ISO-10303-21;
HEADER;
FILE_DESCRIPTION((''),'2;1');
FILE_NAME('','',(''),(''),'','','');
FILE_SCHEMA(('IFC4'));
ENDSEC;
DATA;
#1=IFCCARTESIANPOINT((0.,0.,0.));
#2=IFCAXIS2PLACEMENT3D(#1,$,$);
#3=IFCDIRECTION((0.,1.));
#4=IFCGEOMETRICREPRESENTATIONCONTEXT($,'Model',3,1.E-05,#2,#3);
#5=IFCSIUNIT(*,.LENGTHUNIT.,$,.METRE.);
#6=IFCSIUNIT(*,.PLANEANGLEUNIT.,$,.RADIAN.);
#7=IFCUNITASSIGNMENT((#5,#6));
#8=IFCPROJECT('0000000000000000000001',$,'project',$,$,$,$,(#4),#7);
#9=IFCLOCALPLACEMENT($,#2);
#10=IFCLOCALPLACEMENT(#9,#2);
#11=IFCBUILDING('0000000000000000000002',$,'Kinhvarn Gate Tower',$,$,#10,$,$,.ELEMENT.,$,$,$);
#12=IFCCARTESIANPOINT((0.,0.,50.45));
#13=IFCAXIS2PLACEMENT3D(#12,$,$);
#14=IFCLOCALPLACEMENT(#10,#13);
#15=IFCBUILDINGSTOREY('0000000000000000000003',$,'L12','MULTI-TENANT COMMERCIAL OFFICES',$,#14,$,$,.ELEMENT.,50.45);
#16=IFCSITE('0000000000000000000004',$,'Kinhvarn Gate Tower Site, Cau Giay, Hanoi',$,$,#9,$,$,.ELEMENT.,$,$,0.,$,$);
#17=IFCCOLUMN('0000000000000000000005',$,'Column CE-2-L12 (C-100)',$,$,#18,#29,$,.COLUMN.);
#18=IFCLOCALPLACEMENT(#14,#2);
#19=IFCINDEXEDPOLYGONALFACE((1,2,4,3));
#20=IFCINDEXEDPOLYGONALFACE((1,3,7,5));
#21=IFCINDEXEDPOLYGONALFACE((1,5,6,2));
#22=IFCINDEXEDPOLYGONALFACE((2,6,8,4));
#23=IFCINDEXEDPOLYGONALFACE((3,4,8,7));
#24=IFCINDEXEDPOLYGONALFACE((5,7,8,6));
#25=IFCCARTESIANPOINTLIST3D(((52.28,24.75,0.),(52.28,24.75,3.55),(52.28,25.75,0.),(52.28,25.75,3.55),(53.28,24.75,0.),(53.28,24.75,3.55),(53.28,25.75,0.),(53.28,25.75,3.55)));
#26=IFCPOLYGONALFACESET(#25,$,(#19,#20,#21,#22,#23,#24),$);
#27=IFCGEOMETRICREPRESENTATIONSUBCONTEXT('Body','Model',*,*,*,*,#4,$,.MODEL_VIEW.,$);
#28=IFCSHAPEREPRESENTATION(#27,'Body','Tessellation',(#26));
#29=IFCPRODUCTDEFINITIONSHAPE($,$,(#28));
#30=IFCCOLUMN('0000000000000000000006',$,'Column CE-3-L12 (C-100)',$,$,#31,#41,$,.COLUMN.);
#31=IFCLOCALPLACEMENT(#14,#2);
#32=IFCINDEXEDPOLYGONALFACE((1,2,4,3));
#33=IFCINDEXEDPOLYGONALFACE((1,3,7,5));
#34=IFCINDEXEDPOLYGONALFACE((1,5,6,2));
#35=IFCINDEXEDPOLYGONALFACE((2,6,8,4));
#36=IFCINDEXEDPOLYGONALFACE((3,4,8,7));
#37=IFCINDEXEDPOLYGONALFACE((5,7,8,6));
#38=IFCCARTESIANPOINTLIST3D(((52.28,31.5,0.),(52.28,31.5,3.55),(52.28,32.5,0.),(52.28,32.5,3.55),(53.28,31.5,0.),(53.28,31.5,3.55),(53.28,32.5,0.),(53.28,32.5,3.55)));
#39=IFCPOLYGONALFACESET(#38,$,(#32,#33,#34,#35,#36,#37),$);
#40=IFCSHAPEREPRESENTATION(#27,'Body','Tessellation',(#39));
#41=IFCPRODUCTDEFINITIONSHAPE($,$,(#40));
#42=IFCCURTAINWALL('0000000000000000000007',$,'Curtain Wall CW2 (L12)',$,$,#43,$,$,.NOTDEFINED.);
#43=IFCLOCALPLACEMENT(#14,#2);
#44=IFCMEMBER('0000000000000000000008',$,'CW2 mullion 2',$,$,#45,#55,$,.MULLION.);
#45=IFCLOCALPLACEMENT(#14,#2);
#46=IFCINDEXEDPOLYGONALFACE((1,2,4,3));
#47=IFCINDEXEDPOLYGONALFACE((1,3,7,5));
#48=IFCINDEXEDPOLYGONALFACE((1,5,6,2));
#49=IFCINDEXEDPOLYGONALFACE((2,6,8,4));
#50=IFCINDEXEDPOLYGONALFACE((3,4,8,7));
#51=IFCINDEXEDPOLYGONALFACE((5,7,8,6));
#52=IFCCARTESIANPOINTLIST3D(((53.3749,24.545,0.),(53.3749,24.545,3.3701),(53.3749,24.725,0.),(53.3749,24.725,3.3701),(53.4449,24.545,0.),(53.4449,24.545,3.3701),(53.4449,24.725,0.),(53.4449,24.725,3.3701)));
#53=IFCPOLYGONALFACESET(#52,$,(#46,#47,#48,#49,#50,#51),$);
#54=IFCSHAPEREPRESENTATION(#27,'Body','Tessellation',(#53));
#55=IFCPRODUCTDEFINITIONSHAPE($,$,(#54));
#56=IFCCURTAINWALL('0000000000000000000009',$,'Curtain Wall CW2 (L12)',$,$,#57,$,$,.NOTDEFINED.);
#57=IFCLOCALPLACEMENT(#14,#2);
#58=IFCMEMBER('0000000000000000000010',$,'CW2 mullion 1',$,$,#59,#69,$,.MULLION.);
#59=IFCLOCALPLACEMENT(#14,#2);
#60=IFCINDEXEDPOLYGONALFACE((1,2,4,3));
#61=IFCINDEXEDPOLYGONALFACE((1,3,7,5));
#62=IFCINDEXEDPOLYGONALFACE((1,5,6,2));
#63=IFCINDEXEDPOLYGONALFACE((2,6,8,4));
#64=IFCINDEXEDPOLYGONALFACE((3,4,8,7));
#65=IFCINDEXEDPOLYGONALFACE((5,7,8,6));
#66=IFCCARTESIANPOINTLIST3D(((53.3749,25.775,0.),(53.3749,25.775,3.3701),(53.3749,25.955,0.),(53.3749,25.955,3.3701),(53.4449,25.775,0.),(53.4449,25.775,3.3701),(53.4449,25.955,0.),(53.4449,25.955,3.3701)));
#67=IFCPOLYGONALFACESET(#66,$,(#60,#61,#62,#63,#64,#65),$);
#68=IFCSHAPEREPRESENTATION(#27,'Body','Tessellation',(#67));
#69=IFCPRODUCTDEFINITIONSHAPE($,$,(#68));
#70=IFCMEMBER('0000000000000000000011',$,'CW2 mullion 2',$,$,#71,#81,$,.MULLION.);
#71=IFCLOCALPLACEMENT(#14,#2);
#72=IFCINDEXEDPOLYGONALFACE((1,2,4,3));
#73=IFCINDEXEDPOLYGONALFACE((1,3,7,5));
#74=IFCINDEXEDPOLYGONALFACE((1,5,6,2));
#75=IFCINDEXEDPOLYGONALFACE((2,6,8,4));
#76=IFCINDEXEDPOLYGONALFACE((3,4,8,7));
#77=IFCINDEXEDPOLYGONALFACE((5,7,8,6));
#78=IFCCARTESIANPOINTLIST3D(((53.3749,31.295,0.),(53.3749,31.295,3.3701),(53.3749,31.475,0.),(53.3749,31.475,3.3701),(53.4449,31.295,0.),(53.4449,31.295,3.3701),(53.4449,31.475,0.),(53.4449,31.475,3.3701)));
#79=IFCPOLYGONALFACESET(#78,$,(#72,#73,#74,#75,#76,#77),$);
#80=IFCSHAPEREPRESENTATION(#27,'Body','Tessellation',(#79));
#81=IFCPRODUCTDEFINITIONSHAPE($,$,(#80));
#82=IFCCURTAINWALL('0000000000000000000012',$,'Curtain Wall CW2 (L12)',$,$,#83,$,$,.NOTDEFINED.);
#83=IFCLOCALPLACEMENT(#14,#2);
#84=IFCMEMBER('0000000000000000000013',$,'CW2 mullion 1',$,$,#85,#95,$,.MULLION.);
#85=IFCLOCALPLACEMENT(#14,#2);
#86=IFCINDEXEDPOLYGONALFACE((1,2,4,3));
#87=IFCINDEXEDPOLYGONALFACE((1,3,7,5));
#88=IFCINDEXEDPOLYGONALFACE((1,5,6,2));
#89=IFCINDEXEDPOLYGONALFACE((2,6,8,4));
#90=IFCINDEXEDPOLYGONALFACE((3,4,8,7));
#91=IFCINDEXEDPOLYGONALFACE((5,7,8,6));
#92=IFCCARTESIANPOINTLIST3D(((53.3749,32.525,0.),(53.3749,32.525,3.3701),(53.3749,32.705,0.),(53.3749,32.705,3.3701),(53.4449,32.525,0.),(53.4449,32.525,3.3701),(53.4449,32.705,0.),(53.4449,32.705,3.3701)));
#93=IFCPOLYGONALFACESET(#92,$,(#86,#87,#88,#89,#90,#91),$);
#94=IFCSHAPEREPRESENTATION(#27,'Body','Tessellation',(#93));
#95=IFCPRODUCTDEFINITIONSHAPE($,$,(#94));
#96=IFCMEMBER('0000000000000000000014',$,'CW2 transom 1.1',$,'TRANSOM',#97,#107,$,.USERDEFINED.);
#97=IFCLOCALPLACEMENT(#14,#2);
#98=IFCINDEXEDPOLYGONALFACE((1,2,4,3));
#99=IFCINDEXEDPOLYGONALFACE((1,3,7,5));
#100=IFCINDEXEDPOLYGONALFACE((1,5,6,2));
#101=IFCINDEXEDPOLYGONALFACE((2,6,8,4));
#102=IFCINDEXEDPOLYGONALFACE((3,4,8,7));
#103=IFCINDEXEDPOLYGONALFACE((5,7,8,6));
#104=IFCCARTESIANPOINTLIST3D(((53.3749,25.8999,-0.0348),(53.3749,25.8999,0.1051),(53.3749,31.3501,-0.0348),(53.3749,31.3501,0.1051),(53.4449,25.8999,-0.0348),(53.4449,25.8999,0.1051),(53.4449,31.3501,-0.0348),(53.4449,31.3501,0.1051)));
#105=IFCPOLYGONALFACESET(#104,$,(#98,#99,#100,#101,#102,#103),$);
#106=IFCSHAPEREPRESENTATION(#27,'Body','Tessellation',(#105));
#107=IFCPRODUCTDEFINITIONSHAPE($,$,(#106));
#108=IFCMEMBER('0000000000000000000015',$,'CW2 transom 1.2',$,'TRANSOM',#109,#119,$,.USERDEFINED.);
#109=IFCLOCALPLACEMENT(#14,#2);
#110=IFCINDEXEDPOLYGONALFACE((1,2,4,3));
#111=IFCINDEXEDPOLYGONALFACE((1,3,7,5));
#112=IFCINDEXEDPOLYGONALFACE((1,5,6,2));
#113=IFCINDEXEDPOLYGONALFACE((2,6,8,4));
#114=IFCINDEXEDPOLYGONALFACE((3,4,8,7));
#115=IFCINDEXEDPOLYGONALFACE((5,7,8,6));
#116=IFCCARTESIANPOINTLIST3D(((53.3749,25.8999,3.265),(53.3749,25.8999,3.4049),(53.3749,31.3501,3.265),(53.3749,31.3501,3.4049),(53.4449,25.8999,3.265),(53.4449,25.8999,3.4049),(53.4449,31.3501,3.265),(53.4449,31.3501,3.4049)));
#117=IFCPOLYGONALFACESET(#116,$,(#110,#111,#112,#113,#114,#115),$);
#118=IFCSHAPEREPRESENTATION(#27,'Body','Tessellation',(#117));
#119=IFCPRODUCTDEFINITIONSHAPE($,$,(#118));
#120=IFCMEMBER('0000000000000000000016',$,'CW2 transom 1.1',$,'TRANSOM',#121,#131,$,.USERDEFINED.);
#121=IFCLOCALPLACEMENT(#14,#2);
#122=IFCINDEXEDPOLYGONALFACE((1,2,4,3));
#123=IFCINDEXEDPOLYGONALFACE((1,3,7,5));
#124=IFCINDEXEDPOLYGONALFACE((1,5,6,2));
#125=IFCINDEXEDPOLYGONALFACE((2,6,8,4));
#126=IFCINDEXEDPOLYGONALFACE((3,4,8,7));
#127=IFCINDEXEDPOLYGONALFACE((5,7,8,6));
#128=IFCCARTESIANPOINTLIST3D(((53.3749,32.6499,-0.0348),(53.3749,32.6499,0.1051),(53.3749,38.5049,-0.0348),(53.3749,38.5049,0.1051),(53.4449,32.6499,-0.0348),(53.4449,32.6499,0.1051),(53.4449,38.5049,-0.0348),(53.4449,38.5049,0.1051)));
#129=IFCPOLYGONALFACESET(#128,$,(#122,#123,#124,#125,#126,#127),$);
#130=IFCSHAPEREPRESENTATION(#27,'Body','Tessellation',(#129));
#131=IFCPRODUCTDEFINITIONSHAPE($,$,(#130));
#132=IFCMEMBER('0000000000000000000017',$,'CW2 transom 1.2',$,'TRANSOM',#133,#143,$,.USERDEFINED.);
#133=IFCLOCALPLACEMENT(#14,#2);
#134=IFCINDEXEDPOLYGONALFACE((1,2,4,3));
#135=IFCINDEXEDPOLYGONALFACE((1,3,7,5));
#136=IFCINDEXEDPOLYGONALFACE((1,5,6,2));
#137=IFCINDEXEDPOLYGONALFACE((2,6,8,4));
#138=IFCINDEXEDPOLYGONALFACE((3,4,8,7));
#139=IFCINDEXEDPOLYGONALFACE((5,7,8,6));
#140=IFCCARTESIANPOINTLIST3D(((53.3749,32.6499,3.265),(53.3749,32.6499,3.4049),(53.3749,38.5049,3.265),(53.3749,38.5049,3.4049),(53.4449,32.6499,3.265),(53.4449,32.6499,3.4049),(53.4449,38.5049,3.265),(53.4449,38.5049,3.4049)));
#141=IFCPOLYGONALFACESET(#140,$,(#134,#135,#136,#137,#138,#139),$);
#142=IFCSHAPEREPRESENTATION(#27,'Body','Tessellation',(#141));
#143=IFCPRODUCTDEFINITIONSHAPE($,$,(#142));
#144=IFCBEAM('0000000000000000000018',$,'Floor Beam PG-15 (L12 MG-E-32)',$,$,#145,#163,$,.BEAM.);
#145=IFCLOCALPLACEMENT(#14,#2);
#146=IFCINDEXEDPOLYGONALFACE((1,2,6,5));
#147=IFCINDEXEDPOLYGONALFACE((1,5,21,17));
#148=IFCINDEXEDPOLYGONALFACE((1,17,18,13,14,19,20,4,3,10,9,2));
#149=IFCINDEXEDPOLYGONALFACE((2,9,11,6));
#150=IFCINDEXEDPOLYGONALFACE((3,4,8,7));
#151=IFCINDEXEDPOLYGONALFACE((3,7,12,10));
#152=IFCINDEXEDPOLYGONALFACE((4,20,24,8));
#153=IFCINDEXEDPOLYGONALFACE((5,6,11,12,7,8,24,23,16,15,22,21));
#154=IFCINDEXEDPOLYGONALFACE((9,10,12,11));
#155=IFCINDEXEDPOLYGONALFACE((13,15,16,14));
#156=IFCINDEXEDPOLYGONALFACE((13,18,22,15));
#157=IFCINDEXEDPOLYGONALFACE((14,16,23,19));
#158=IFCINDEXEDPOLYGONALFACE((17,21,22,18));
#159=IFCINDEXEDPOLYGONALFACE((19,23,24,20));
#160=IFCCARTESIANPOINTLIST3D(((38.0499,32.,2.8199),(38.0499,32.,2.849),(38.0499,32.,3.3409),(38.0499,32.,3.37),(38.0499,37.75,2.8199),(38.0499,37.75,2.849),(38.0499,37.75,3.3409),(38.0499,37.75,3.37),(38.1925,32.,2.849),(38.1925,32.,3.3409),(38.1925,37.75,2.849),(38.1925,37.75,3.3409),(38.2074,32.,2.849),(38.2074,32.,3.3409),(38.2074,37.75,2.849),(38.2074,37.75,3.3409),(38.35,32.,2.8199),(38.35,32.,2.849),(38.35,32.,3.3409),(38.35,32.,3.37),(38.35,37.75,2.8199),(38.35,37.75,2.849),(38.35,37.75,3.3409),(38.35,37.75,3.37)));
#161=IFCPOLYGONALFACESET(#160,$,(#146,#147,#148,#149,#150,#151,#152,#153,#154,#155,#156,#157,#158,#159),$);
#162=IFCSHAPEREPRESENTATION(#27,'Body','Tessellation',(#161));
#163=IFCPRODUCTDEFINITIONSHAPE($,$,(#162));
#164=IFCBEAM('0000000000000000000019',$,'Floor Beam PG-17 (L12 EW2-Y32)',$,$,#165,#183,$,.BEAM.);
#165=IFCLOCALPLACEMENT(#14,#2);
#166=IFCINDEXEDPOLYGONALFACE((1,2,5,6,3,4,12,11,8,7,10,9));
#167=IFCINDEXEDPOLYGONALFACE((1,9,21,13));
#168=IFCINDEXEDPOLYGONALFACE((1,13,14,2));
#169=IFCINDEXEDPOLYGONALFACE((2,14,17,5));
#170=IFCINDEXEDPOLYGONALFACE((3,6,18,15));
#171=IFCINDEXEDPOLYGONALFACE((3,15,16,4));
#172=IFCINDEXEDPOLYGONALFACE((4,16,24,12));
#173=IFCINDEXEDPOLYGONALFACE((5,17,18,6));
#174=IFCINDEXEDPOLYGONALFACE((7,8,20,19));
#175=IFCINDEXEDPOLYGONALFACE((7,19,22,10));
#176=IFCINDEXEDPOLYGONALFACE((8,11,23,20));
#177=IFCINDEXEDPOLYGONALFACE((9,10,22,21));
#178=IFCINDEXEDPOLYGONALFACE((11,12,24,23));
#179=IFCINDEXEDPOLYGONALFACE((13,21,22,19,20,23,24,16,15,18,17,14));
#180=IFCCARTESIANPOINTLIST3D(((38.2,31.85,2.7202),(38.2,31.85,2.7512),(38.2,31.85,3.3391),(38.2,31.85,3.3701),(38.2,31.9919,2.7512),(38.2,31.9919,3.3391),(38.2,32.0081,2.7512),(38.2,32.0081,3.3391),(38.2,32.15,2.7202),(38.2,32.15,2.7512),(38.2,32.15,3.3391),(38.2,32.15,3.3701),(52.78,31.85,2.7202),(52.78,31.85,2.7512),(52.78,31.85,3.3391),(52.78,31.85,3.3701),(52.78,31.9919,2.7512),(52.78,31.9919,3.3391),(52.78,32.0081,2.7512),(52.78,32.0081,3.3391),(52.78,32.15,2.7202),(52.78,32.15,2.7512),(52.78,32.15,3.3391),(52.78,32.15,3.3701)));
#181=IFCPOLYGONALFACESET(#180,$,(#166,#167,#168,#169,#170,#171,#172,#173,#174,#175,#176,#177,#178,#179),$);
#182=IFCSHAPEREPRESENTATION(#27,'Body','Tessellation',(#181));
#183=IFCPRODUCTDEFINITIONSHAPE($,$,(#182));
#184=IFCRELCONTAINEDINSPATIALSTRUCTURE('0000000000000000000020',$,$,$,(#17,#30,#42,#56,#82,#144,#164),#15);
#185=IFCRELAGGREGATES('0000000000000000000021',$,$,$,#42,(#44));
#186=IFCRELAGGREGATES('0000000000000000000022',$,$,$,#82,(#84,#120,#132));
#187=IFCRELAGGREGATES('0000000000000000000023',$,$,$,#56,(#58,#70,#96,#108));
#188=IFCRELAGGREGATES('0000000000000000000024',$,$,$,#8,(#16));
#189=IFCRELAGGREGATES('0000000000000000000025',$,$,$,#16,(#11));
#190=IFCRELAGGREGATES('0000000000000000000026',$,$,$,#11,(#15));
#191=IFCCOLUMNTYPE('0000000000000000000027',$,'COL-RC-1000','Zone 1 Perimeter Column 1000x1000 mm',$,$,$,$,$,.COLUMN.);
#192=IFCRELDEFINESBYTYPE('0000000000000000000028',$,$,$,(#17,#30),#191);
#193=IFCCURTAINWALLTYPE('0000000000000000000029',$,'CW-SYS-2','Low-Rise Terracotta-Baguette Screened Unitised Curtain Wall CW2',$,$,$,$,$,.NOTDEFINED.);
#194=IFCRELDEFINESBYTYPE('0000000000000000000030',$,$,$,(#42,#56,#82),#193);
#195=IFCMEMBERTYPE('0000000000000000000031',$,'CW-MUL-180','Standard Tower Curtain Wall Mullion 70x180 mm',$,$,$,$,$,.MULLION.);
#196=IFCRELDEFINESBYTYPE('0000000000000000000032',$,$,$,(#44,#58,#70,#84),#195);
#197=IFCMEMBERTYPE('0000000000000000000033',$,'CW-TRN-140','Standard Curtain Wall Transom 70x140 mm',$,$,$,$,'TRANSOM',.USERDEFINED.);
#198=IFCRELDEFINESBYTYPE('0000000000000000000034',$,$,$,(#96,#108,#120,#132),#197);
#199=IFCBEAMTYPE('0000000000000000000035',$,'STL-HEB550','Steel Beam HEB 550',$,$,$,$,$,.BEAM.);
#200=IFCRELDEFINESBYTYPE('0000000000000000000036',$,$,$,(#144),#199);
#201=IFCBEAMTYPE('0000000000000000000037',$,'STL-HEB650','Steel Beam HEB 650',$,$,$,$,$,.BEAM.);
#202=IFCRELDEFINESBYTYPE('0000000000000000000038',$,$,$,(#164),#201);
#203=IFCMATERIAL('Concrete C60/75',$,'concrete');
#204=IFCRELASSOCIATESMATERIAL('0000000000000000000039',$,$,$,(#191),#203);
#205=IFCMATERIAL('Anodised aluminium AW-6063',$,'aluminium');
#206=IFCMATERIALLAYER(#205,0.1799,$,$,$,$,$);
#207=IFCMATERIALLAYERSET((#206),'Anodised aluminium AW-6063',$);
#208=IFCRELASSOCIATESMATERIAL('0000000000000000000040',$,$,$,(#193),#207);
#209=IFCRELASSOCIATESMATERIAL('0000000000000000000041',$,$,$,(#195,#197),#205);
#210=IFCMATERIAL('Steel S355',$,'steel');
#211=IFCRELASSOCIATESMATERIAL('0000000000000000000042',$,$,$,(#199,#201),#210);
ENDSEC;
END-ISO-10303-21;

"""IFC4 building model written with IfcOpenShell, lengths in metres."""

from ifc_helpers import new_model, si_unit, direction, frame, origin, origin_2d, place, context, subcontext, project, spatial, rectangle, i_section, extrude, material, layer, layer_set, material_profile, profile_set, type_object, element, aggregate, save


model = new_model("IFC4")

# Units and contexts
model_context = context("Model", 3, precision=1e-05, world=origin(), true_north=direction((0.0, 1.0)))
body_context = subcontext(model_context, "Body", "Model", "MODEL_VIEW")
ifc_project = project(units=[si_unit("LENGTHUNIT", "METRE"), si_unit("PLANEANGLEUNIT", "RADIAN")], contexts=[model_context])

# Site, building, storey
site_placement = place(None, origin())
site = spatial("IfcSite", under=ifc_project, at=site_placement, Name="Kinhvarn Gate Tower Site, Cau Giay, Hanoi", CompositionType="ELEMENT", RefElevation=0.0)
building_placement = place(site_placement, origin())
building = spatial("IfcBuilding", under=site, at=building_placement, Name="Kinhvarn Gate Tower", CompositionType="ELEMENT")
storey_placement = place(building_placement, frame((0.0, 0.0, 50.45)))
storey = spatial("IfcBuildingStorey", under=building, at=storey_placement, Name="L12", Description="MULTI-TENANT COMMERCIAL OFFICES", CompositionType="ELEMENT", Elevation=50.45)

# Columns
ifc_material_1 = material(Name="Concrete C60/75", Category="concrete")
ifc_material_profile_1 = material_profile(ifc_material_1, rectangle(XDim=1.0, YDim=1.0, at=origin_2d()), Name="RC 1000x1000")
ifc_profile_set_1 = profile_set([ifc_material_profile_1], Name="Concrete C60/75")
column_type = type_object("IfcColumnType", Name="COL-RC-1000", Description="Zone 1 Perimeter Column 1000x1000 mm", PredefinedType="COLUMN", material=ifc_profile_set_1)
for number, where, z_axis, x_axis, name in (
    (1, (52.78, 25.25, 0.0), (0.0, 0.0, 1.0), (1.0, 0.0, 0.0), "Column CE-2-L12 (C-100)"),
    (2, (52.78, 32.0, 0.0), (0.0, 0.0, 1.0), (1.0, 0.0, 0.0), "Column CE-3-L12 (C-100)"),
):
    element("IfcColumn", number, at=place(storey_placement, frame(where, z_axis=z_axis, x_axis=x_axis)), inside=storey, type_object=column_type, Name=name, PredefinedType="COLUMN", context=body_context, shape_type="SweptSolid", body=[
        extrude(rectangle(XDim=1.0, YDim=1.0, at=origin_2d()), origin(), (0.0, 0.0, 1.0), 3.55),
    ])

# Curtain wall, member
ifc_material_2 = material(Name="Anodised aluminium AW-6063", Category="aluminium")
ifc_layer_1 = layer(ifc_material_2, 0.1799)
ifc_layer_set_1 = layer_set([ifc_layer_1], Name="Anodised aluminium AW-6063")
curtain_wall_type = type_object("IfcCurtainWallType", Name="CW-SYS-2", Description="Low-Rise Terracotta-Baguette Screened Unitised Curtain Wall CW2", PredefinedType="NOTDEFINED", material=ifc_layer_set_1)
curtain_wall_1_placement = place(storey_placement, origin())
curtain_wall_1 = element("IfcCurtainWall", 3, at=curtain_wall_1_placement, inside=storey, type_object=curtain_wall_type, Name="Curtain Wall CW2 (L12)", PredefinedType="NOTDEFINED")
ifc_material_profile_2 = material_profile(ifc_material_2, rectangle(XDim=0.0701, YDim=0.1799, at=origin_2d()), Name="ALU 70x180")
ifc_profile_set_2 = profile_set([ifc_material_profile_2], Name="Anodised aluminium AW-6063")
member_type_1 = type_object("IfcMemberType", Name="CW-MUL-180", Description="Standard Tower Curtain Wall Mullion 70x180 mm", PredefinedType="MULLION", material=ifc_profile_set_2)
member_1_placement = place(storey_placement, frame((53.4099, 24.635, 0.0), z_axis=(0.0, 0.0, 1.0), x_axis=(-1.0, 0.0, 0.0)))
member_1 = element("IfcMember", 4, at=member_1_placement, type_object=member_type_1, Name="CW2 mullion 2", PredefinedType="MULLION", context=body_context, shape_type="SweptSolid", body=[
    extrude(rectangle(XDim=0.0701, YDim=0.1799, at=origin_2d()), origin(), (0.0, 0.0, 1.0), 3.3701),
])
aggregate(curtain_wall_1, [member_1])

# Curtain wall, members
curtain_wall_2_placement = place(storey_placement, origin())
curtain_wall_2 = element("IfcCurtainWall", 5, at=curtain_wall_2_placement, inside=storey, type_object=curtain_wall_type, Name="Curtain Wall CW2 (L12)", PredefinedType="NOTDEFINED")
member_2_placement = place(storey_placement, frame((53.4099, 25.865, 0.0), z_axis=(0.0, 0.0, 1.0), x_axis=(-1.0, 0.0, 0.0)))
member_2 = element("IfcMember", 6, at=member_2_placement, type_object=member_type_1, Name="CW2 mullion 1", PredefinedType="MULLION", context=body_context, shape_type="SweptSolid", body=[
    extrude(rectangle(XDim=0.0701, YDim=0.1799, at=origin_2d()), origin(), (0.0, 0.0, 1.0), 3.3701),
])
member_3_placement = place(storey_placement, frame((53.4099, 31.385, 0.0), z_axis=(0.0, 0.0, 1.0), x_axis=(-1.0, 0.0, 0.0)))
member_3 = element("IfcMember", 7, at=member_3_placement, type_object=member_type_1, Name="CW2 mullion 2", PredefinedType="MULLION", context=body_context, shape_type="SweptSolid", body=[
    extrude(rectangle(XDim=0.0701, YDim=0.1799, at=origin_2d()), origin(), (0.0, 0.0, 1.0), 3.3701),
])

# Curtain wall, member
curtain_wall_3_placement = place(storey_placement, origin())
curtain_wall_3 = element("IfcCurtainWall", 8, at=curtain_wall_3_placement, inside=storey, type_object=curtain_wall_type, Name="Curtain Wall CW2 (L12)", PredefinedType="NOTDEFINED")
member_4_placement = place(storey_placement, frame((53.4099, 32.615, 0.0), z_axis=(0.0, 0.0, 1.0), x_axis=(-1.0, 0.0, 0.0)))
member_4 = element("IfcMember", 9, at=member_4_placement, type_object=member_type_1, Name="CW2 mullion 1", PredefinedType="MULLION", context=body_context, shape_type="SweptSolid", body=[
    extrude(rectangle(XDim=0.0701, YDim=0.1799, at=origin_2d()), origin(), (0.0, 0.0, 1.0), 3.3701),
])

# Members
ifc_material_profile_3 = material_profile(ifc_material_2, rectangle(XDim=0.0701, YDim=0.1399, at=origin_2d()), Name="ALU 70x140")
ifc_profile_set_3 = profile_set([ifc_material_profile_3], Name="Anodised aluminium AW-6063")
member_type_2 = type_object("IfcMemberType", Name="CW-TRN-140", Description="Standard Curtain Wall Transom 70x140 mm", ElementType="TRANSOM", PredefinedType="USERDEFINED", material=ifc_profile_set_3)
member_5_placement = place(storey_placement, frame((53.4099, 25.8999, 0.0352), z_axis=(0.0, 1.0, 0.0), x_axis=(-1.0, 0.0, 0.0)))
member_5 = element("IfcMember", 10, at=member_5_placement, type_object=member_type_2, Name="CW2 transom 1.1", ObjectType="TRANSOM", PredefinedType="USERDEFINED", context=body_context, shape_type="SweptSolid", body=[
    extrude(rectangle(XDim=0.0701, YDim=0.1399, at=origin_2d()), origin(), (0.0, 0.0, 1.0), 5.4502),
])
member_6_placement = place(storey_placement, frame((53.4099, 25.8999, 3.335), z_axis=(0.0, 1.0, 0.0), x_axis=(-1.0, 0.0, 0.0)))
member_6 = element("IfcMember", 11, at=member_6_placement, type_object=member_type_2, Name="CW2 transom 1.2", ObjectType="TRANSOM", PredefinedType="USERDEFINED", context=body_context, shape_type="SweptSolid", body=[
    extrude(rectangle(XDim=0.0701, YDim=0.1399, at=origin_2d()), origin(), (0.0, 0.0, 1.0), 5.4502),
])
member_7_placement = place(storey_placement, frame((53.4099, 32.6499, 0.0352), z_axis=(0.0, 1.0, 0.0), x_axis=(-1.0, 0.0, 0.0)))
member_7 = element("IfcMember", 12, at=member_7_placement, type_object=member_type_2, Name="CW2 transom 1.1", ObjectType="TRANSOM", PredefinedType="USERDEFINED", context=body_context, shape_type="SweptSolid", body=[
    extrude(rectangle(XDim=0.0701, YDim=0.1399, at=origin_2d()), origin(), (0.0, 0.0, 1.0), 5.855),
])
member_8_placement = place(storey_placement, frame((53.4099, 32.6499, 3.335), z_axis=(0.0, 1.0, 0.0), x_axis=(-1.0, 0.0, 0.0)))
member_8 = element("IfcMember", 13, at=member_8_placement, type_object=member_type_2, Name="CW2 transom 1.2", ObjectType="TRANSOM", PredefinedType="USERDEFINED", context=body_context, shape_type="SweptSolid", body=[
    extrude(rectangle(XDim=0.0701, YDim=0.1399, at=origin_2d()), origin(), (0.0, 0.0, 1.0), 5.855),
])
aggregate(curtain_wall_3, [member_4, member_7, member_8])

# Beams
ifc_material_3 = material(Name="Steel S355", Category="steel")
ifc_material_profile_4 = material_profile(ifc_material_3, i_section(OverallWidth=0.3, OverallDepth=0.55, WebThickness=0.0149, FlangeThickness=0.0291, at=origin_2d()), Name="HEB 550")
ifc_profile_set_4 = profile_set([ifc_material_profile_4], Name="Steel S355")
beam_type_1 = type_object("IfcBeamType", Name="STL-HEB550", Description="Steel Beam HEB 550", PredefinedType="BEAM", material=ifc_profile_set_4)
beam_1_placement = place(storey_placement, frame((38.2, 32.0, 3.095), z_axis=(0.0, 1.0, 0.0), x_axis=(-1.0, 0.0, 0.0)))
element("IfcBeam", 14, at=beam_1_placement, inside=storey, type_object=beam_type_1, Name="Floor Beam PG-15 (L12 MG-E-32)", PredefinedType="BEAM", context=body_context, shape_type="SweptSolid", body=[
    extrude(i_section(OverallWidth=0.3, OverallDepth=0.55, WebThickness=0.0149, FlangeThickness=0.0291, at=origin_2d()), origin(), (0.0, 0.0, 1.0), 5.75),
])
ifc_material_profile_5 = material_profile(ifc_material_3, i_section(OverallWidth=0.3, OverallDepth=0.6499, WebThickness=0.0161, FlangeThickness=0.031, at=origin_2d()), Name="HEB 650")
ifc_profile_set_5 = profile_set([ifc_material_profile_5], Name="Steel S355")
beam_type_2 = type_object("IfcBeamType", Name="STL-HEB650", Description="Steel Beam HEB 650", PredefinedType="BEAM", material=ifc_profile_set_5)
beam_2_placement = place(storey_placement, frame((38.2, 32.0, 3.0452), z_axis=(1.0, 0.0, 0.0), x_axis=(0.0, 1.0, 0.0)))
element("IfcBeam", 15, at=beam_2_placement, inside=storey, type_object=beam_type_2, Name="Floor Beam PG-17 (L12 EW2-Y32)", PredefinedType="BEAM", context=body_context, shape_type="SweptSolid", body=[
    extrude(i_section(OverallWidth=0.3, OverallDepth=0.6499, WebThickness=0.0161, FlangeThickness=0.031, at=origin_2d()), origin(), (0.0, 0.0, 1.0), 14.5801),
])

aggregate(curtain_wall_2, [member_2, member_3, member_5, member_6])

save(model, "model.ifc")
